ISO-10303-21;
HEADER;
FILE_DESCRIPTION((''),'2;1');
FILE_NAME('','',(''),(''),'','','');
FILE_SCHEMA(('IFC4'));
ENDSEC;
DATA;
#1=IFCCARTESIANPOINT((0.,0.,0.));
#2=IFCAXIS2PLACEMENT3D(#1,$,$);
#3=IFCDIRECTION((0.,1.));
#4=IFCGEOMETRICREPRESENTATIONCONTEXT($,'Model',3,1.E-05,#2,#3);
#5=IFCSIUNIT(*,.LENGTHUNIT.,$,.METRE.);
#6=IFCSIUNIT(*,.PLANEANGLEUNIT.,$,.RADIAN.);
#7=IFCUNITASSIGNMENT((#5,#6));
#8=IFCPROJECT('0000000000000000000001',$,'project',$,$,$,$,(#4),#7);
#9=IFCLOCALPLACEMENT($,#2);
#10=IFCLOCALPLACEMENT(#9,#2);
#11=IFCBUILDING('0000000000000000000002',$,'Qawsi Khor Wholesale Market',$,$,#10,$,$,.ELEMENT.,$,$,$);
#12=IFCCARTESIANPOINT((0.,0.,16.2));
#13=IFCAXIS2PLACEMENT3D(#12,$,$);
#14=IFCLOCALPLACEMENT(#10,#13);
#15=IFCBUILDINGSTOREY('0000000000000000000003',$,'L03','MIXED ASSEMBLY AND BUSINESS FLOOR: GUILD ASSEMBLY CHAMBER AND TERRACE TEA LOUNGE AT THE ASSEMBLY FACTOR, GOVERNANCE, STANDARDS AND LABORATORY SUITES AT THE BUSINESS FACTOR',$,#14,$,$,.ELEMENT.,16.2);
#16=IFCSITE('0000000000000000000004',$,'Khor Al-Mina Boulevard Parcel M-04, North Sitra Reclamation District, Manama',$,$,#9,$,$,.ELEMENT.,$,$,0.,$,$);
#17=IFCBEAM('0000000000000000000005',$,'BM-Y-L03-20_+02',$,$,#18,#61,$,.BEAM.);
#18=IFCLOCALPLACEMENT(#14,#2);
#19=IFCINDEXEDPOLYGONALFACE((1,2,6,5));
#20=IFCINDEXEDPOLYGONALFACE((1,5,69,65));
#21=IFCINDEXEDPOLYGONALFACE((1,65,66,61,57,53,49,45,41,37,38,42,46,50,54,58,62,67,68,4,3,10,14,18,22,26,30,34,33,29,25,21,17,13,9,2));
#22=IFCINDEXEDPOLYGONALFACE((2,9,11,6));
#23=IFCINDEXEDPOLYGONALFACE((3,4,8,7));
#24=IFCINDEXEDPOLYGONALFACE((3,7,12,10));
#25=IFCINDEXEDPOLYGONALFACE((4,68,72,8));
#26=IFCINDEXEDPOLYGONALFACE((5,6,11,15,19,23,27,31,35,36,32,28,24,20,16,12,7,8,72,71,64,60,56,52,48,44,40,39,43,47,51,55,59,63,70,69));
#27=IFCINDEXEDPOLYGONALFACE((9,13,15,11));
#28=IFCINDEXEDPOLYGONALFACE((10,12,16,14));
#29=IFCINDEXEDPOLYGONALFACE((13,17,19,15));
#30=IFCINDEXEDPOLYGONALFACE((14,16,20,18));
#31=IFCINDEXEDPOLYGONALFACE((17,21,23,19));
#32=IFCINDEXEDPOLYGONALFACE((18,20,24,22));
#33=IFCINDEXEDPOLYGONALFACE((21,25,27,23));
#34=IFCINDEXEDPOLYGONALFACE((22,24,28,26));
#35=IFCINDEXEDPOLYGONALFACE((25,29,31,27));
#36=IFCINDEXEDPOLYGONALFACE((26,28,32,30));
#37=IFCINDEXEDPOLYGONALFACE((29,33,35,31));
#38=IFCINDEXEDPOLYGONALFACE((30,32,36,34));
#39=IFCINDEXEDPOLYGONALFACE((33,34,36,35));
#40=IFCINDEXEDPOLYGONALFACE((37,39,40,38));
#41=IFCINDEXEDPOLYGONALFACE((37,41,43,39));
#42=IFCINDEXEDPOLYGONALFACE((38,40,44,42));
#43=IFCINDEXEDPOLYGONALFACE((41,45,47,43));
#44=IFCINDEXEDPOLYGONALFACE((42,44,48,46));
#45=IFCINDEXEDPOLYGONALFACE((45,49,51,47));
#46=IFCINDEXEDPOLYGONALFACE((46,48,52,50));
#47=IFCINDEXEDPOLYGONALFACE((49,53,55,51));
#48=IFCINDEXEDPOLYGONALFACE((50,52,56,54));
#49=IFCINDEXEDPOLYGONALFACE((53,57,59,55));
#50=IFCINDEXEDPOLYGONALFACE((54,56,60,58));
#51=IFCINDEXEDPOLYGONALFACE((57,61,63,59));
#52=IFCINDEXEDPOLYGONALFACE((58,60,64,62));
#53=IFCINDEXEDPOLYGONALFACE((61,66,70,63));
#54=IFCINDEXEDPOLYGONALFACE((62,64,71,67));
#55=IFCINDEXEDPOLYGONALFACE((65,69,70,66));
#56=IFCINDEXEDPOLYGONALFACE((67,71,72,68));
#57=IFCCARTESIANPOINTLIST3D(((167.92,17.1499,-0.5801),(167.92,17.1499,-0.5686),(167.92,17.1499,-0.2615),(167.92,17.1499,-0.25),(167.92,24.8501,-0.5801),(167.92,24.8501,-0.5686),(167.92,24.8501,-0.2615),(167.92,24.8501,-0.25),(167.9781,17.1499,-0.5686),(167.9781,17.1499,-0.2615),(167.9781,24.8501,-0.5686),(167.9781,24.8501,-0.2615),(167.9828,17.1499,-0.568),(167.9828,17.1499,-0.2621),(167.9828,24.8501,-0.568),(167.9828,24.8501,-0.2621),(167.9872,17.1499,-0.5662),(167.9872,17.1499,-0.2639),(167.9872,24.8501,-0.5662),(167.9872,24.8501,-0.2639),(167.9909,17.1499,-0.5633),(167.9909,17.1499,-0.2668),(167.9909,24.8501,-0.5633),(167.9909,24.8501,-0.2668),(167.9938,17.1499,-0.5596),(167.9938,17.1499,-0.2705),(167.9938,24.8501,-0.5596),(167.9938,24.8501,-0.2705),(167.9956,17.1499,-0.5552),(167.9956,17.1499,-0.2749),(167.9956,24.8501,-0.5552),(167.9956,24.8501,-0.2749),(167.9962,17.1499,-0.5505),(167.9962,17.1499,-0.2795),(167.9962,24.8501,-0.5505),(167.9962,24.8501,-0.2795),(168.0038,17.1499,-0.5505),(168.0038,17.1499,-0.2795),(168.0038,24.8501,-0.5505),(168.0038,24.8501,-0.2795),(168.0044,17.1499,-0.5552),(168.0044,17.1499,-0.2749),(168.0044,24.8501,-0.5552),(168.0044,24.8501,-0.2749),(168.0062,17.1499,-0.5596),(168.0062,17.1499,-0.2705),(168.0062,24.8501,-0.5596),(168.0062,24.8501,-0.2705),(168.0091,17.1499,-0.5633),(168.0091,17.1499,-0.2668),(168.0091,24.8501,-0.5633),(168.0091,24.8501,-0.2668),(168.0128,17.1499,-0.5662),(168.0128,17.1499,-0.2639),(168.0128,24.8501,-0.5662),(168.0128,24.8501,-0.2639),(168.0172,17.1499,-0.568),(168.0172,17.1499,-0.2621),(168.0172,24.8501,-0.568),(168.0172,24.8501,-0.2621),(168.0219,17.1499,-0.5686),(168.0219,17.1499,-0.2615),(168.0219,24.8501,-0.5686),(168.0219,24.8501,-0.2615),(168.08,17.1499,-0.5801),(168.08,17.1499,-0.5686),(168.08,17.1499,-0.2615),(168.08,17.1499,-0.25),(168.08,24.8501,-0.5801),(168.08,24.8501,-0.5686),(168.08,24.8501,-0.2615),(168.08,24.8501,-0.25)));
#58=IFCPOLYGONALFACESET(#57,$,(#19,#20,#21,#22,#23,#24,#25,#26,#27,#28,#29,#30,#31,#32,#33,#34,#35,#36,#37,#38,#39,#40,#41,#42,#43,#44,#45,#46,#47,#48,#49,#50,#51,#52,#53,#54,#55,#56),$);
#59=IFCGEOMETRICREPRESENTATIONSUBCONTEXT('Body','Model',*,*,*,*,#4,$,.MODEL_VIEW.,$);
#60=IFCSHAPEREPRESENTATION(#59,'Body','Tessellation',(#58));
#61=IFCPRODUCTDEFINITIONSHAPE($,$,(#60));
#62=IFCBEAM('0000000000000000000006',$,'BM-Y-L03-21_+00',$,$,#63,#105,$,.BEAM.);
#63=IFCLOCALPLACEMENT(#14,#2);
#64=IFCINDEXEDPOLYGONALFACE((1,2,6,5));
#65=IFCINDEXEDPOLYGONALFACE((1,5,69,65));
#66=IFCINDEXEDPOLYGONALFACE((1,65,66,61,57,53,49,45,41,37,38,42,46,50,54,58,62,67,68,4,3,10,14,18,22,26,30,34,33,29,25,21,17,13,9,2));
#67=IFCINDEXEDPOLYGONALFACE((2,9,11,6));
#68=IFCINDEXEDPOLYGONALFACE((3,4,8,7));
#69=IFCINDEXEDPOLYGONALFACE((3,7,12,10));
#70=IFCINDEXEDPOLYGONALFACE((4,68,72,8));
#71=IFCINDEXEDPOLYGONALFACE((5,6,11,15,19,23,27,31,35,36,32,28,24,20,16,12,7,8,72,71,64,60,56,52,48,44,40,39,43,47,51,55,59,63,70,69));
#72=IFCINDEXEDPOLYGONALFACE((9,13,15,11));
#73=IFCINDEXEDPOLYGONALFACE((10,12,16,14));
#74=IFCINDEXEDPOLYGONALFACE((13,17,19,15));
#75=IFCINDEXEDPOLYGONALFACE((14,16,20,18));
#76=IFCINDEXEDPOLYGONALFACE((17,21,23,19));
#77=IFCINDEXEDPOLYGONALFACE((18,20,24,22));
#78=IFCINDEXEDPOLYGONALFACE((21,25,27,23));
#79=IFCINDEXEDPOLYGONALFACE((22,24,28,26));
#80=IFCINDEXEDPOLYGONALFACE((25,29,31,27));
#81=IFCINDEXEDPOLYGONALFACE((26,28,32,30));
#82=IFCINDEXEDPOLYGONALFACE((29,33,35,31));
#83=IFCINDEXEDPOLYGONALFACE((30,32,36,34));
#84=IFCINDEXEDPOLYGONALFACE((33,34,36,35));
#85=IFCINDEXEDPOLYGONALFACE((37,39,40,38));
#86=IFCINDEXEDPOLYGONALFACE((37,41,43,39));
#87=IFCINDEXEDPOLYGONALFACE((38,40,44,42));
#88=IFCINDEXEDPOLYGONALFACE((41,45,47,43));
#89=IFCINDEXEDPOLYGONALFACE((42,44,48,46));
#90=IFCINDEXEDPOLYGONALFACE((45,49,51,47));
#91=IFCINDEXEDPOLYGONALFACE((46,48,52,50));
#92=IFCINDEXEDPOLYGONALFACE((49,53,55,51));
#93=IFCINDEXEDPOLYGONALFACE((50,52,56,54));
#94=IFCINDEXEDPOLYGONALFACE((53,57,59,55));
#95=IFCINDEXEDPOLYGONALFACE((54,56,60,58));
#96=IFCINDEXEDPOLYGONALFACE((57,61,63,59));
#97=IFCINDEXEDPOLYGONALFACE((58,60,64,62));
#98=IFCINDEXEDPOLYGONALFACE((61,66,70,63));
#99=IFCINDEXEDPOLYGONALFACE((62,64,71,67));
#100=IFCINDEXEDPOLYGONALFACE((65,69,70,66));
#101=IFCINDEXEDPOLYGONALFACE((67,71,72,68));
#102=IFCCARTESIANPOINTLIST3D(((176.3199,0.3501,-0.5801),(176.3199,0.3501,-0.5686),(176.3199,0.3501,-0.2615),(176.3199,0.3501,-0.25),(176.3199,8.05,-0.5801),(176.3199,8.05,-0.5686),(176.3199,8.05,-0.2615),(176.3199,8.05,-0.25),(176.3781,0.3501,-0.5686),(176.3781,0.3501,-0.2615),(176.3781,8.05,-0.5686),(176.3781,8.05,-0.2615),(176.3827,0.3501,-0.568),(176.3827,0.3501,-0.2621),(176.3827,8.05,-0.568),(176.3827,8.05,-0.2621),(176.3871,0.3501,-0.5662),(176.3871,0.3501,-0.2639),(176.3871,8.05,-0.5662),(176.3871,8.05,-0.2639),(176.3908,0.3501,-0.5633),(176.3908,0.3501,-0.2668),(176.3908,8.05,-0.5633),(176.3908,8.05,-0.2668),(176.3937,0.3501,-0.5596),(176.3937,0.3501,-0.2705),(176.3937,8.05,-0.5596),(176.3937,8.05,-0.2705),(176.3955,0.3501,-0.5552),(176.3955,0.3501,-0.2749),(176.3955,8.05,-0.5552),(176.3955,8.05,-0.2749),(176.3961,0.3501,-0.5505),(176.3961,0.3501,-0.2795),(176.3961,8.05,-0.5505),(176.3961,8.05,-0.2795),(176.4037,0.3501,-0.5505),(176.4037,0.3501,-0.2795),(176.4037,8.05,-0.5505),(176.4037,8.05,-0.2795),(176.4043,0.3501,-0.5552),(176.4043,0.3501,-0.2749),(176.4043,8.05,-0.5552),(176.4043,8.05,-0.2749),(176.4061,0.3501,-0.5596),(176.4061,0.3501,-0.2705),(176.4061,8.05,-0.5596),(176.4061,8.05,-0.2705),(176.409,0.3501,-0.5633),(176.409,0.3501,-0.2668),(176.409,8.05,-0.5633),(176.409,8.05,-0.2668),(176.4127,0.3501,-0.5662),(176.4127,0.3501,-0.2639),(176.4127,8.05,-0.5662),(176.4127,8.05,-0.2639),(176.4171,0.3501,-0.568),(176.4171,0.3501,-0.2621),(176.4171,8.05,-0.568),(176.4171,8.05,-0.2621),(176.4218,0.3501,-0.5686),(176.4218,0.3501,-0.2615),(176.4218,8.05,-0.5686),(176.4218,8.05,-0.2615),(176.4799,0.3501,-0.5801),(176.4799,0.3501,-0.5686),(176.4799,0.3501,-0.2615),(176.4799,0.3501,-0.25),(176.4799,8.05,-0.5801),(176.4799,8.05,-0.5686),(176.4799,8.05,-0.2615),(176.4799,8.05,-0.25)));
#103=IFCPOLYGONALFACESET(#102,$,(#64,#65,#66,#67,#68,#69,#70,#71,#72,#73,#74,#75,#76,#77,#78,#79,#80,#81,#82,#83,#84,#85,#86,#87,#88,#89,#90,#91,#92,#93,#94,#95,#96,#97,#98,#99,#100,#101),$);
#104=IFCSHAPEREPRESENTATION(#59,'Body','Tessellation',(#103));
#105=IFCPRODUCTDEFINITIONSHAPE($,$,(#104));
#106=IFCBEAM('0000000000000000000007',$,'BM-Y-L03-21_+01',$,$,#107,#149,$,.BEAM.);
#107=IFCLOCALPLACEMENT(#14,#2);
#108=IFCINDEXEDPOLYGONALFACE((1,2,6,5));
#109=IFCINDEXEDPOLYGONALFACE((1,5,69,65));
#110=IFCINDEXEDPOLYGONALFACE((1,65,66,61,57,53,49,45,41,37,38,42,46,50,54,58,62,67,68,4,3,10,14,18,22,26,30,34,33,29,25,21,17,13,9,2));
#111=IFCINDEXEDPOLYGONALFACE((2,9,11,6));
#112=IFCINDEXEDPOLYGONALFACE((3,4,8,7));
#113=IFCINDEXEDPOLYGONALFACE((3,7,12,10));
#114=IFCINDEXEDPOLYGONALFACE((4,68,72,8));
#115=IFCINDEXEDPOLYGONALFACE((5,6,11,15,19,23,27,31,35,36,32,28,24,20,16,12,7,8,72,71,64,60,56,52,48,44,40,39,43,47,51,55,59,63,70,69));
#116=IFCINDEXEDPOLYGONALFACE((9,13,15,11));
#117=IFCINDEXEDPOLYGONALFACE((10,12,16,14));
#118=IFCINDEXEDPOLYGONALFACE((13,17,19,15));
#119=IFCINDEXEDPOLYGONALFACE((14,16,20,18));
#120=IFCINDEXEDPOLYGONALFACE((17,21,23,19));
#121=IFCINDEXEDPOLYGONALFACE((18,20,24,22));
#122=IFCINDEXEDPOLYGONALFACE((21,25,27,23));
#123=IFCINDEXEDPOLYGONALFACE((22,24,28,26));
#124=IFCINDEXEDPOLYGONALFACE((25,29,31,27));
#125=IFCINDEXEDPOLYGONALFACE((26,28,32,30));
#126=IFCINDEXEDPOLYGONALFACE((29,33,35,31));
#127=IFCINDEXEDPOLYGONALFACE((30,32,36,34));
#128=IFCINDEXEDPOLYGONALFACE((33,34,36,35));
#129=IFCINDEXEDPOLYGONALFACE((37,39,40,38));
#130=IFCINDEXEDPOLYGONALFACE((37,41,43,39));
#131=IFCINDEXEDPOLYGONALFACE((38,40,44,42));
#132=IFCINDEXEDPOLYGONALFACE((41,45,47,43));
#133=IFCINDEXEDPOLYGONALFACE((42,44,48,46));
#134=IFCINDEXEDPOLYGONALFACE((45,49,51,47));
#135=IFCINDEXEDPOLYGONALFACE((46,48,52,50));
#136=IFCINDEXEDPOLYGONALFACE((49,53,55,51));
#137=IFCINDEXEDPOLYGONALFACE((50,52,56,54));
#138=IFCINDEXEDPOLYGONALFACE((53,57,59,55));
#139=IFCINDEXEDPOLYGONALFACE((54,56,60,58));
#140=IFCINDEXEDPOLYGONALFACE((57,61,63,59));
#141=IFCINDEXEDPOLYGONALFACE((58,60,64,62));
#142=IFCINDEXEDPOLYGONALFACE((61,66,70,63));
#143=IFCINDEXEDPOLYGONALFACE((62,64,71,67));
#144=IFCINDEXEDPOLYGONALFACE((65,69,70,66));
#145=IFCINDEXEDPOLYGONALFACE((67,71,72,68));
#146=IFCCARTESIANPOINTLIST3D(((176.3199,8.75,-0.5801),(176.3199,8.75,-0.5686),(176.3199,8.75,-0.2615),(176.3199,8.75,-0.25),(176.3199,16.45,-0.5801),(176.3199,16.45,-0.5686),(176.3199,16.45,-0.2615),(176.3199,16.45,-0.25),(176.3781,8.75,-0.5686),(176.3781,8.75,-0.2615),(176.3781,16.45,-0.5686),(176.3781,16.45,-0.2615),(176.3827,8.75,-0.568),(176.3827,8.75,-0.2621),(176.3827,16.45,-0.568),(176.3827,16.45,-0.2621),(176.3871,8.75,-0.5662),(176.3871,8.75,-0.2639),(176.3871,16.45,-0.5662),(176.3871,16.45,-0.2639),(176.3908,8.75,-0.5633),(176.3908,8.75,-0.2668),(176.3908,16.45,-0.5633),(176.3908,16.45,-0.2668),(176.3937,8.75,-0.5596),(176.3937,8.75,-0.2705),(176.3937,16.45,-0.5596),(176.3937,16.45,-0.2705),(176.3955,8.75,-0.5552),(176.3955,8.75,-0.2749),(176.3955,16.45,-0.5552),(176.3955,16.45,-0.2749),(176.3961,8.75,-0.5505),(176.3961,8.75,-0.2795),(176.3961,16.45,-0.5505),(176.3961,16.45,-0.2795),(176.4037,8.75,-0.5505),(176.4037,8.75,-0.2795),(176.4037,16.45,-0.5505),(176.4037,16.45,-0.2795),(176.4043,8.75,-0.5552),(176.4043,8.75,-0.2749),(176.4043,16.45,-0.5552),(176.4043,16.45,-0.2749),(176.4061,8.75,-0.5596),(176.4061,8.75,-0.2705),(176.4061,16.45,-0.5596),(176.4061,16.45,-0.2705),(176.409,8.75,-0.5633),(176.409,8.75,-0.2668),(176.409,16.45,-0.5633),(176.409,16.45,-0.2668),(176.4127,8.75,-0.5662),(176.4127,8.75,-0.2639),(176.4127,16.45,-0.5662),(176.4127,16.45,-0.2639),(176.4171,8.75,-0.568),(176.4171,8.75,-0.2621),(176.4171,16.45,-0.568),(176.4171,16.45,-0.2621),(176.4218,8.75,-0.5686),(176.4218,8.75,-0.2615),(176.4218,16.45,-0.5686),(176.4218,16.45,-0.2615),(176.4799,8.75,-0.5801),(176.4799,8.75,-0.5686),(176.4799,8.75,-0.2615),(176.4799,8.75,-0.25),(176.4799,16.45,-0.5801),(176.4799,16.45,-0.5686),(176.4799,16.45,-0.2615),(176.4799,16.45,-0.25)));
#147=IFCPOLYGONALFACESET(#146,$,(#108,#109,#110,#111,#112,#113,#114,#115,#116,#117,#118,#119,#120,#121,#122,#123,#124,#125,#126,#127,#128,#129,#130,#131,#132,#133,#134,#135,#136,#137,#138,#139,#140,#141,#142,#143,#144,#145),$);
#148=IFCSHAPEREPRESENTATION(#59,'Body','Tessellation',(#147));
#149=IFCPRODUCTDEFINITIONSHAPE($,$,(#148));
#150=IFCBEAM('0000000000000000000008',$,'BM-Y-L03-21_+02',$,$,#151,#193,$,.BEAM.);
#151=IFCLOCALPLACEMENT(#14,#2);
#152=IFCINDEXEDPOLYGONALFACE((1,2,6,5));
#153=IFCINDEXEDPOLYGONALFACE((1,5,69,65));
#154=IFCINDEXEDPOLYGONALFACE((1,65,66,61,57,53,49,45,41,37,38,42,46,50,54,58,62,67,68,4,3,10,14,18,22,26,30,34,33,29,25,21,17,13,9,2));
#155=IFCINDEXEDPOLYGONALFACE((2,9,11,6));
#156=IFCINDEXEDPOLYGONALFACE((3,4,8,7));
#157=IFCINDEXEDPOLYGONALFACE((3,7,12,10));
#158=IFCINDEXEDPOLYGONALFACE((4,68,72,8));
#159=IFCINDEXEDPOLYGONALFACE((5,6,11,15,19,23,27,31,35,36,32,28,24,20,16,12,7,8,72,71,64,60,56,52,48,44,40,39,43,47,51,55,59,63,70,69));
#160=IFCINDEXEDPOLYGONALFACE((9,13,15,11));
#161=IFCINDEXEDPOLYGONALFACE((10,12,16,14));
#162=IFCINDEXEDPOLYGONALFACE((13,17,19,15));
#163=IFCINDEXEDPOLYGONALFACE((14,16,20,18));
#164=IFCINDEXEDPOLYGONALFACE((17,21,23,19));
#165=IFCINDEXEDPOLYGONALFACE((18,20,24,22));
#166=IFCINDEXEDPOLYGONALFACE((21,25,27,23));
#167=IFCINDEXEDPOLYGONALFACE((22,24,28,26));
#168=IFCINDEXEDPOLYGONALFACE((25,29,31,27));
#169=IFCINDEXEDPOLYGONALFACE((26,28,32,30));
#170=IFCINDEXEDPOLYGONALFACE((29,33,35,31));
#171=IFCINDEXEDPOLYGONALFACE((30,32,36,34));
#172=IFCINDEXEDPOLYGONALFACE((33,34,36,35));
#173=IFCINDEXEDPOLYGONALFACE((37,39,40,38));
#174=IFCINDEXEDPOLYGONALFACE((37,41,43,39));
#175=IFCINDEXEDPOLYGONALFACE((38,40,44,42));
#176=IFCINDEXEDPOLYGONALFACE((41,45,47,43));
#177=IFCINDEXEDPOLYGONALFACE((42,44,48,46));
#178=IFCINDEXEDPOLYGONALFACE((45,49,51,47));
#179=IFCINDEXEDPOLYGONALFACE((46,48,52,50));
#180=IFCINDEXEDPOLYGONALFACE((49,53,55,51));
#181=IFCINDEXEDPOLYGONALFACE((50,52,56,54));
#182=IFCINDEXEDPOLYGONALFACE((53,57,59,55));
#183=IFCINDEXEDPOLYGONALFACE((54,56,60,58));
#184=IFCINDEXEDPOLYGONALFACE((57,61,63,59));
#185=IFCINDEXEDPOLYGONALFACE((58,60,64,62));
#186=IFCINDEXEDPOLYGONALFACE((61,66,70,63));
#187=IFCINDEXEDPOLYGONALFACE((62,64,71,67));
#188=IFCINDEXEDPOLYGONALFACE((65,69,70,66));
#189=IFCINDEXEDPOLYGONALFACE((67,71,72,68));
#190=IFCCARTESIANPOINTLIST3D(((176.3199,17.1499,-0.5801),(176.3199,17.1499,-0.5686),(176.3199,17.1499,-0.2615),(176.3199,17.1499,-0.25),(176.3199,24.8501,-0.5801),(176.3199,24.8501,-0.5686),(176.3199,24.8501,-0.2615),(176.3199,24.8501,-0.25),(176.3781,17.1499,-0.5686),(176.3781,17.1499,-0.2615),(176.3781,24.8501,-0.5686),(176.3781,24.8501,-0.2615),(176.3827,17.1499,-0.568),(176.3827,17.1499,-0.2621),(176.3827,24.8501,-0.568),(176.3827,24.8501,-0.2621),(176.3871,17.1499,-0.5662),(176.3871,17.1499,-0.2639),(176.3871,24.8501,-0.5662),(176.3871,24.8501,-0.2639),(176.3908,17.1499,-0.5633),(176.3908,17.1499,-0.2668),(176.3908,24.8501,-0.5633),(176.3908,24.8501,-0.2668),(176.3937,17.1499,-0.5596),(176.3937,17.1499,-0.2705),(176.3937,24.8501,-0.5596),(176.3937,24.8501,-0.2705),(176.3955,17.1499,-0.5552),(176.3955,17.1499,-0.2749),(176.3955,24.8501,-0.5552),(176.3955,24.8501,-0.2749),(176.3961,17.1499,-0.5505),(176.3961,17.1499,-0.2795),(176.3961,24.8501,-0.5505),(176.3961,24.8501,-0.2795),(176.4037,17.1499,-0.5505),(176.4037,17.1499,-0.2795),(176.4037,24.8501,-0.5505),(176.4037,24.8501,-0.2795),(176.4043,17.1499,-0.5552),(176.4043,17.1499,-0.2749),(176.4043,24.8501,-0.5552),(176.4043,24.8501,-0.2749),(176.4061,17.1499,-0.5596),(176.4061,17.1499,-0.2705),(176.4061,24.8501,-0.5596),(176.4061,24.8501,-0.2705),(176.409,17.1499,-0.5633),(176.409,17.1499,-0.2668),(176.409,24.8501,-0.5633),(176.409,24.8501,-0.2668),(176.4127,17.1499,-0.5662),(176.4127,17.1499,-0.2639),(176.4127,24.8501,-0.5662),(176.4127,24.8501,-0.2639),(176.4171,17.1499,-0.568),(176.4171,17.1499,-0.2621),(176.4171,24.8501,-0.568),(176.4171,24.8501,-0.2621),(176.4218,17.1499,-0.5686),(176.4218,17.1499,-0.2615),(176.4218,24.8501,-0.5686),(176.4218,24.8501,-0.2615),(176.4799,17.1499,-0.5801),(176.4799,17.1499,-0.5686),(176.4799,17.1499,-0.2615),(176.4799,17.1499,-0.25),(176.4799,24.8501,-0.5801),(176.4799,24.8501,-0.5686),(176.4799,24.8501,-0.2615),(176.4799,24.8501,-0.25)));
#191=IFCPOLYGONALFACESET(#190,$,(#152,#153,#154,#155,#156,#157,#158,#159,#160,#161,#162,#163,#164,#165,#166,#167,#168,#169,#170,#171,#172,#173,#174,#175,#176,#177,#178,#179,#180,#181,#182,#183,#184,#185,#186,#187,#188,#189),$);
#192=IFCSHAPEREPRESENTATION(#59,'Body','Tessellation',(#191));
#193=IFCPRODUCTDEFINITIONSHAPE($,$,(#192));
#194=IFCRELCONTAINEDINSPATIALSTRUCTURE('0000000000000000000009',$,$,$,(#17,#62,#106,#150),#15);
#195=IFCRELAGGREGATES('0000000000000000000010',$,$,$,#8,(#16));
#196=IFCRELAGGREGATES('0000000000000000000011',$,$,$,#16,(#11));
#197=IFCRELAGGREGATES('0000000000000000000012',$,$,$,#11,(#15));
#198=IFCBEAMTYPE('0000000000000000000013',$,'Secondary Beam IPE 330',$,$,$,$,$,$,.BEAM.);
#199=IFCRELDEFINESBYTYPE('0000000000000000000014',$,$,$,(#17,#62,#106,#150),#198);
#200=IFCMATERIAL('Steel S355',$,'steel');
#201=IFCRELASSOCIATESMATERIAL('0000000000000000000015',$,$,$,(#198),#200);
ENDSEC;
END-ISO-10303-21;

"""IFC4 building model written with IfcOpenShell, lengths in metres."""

from ifc_helpers import new_model, si_unit, direction, frame, origin, origin_2d, place, context, subcontext, project, spatial, i_section, extrude, material, material_profile, profile_set, type_object, element, save


model = new_model("IFC4")

# Units and contexts
model_context = context("Model", 3, precision=1e-05, world=origin(), true_north=direction((0.0, 1.0)))
body_context = subcontext(model_context, "Body", "Model", "MODEL_VIEW")
ifc_project = project(units=[si_unit("LENGTHUNIT", "METRE"), si_unit("PLANEANGLEUNIT", "RADIAN")], contexts=[model_context])

# Site, building, storey
site_placement = place(None, origin())
site = spatial("IfcSite", under=ifc_project, at=site_placement, Name="Khor Al-Mina Boulevard Parcel M-04, North Sitra Reclamation District, Manama", CompositionType="ELEMENT", RefElevation=0.0)
building_placement = place(site_placement, origin())
building = spatial("IfcBuilding", under=site, at=building_placement, Name="Qawsi Khor Wholesale Market", CompositionType="ELEMENT")
storey_placement = place(building_placement, frame((0.0, 0.0, 16.2)))
storey = spatial("IfcBuildingStorey", under=building, at=storey_placement, Name="L03", Description="MIXED ASSEMBLY AND BUSINESS FLOOR: GUILD ASSEMBLY CHAMBER AND TERRACE TEA LOUNGE AT THE ASSEMBLY FACTOR, GOVERNANCE, STANDARDS AND LABORATORY SUITES AT THE BUSINESS FACTOR", CompositionType="ELEMENT", Elevation=16.2)

# Shared definitions
ifc_material_1 = material(Name="Steel S355", Category="steel")

# Beams
ifc_material_profile_1 = material_profile(ifc_material_1, i_section(OverallWidth=0.1599, OverallDepth=0.3301, WebThickness=0.0076, FlangeThickness=0.0115, FilletRadius=0.0181, at=origin_2d()), Name="IPE 330")
ifc_profile_set_1 = profile_set([ifc_material_profile_1], Name="Steel S355")
beam_type_1 = type_object("IfcBeamType", Name="Secondary Beam IPE 330", PredefinedType="BEAM", material=ifc_profile_set_1)
beam_1_placement = place(storey_placement, frame((168.0, 17.1499, -0.415), z_axis=(0.0, 1.0, 0.0), x_axis=(-1.0, 0.0, 0.0)))
element("IfcBeam", 1, at=beam_1_placement, inside=storey, type_object=beam_type_1, Name="BM-Y-L03-20_+02", PredefinedType="BEAM", context=body_context, shape_type="SweptSolid", body=[
    extrude(i_section(OverallWidth=0.1599, OverallDepth=0.3301, WebThickness=0.0076, FlangeThickness=0.0115, FilletRadius=0.0181, at=origin_2d()), origin(), (0.0, 0.0, 1.0), 7.7002),
])
for number, where, z_axis, x_axis, name in (
    (2, (176.3999, 0.3501, -0.415), (0.0, 1.0, 0.0), (-1.0, 0.0, 0.0), "BM-Y-L03-21_+00"),
    (3, (176.3999, 8.75, -0.415), (0.0, 1.0, 0.0), (-1.0, 0.0, 0.0), "BM-Y-L03-21_+01"),
):
    element("IfcBeam", number, at=place(storey_placement, frame(where, z_axis=z_axis, x_axis=x_axis)), inside=storey, type_object=beam_type_1, Name=name, PredefinedType="BEAM", context=body_context, shape_type="SweptSolid", body=[
        extrude(i_section(OverallWidth=0.1599, OverallDepth=0.3301, WebThickness=0.0076, FlangeThickness=0.0115, FilletRadius=0.0181, at=origin_2d()), origin(), (0.0, 0.0, 1.0), 7.7),
    ])
beam_2_placement = place(storey_placement, frame((176.3999, 17.1499, -0.415), z_axis=(0.0, 1.0, 0.0), x_axis=(-1.0, 0.0, 0.0)))
element("IfcBeam", 4, at=beam_2_placement, inside=storey, type_object=beam_type_1, Name="BM-Y-L03-21_+02", PredefinedType="BEAM", context=body_context, shape_type="SweptSolid", body=[
    extrude(i_section(OverallWidth=0.1599, OverallDepth=0.3301, WebThickness=0.0076, FlangeThickness=0.0115, FilletRadius=0.0181, at=origin_2d()), origin(), (0.0, 0.0, 1.0), 7.7002),
])

save(model, "model.ifc")
